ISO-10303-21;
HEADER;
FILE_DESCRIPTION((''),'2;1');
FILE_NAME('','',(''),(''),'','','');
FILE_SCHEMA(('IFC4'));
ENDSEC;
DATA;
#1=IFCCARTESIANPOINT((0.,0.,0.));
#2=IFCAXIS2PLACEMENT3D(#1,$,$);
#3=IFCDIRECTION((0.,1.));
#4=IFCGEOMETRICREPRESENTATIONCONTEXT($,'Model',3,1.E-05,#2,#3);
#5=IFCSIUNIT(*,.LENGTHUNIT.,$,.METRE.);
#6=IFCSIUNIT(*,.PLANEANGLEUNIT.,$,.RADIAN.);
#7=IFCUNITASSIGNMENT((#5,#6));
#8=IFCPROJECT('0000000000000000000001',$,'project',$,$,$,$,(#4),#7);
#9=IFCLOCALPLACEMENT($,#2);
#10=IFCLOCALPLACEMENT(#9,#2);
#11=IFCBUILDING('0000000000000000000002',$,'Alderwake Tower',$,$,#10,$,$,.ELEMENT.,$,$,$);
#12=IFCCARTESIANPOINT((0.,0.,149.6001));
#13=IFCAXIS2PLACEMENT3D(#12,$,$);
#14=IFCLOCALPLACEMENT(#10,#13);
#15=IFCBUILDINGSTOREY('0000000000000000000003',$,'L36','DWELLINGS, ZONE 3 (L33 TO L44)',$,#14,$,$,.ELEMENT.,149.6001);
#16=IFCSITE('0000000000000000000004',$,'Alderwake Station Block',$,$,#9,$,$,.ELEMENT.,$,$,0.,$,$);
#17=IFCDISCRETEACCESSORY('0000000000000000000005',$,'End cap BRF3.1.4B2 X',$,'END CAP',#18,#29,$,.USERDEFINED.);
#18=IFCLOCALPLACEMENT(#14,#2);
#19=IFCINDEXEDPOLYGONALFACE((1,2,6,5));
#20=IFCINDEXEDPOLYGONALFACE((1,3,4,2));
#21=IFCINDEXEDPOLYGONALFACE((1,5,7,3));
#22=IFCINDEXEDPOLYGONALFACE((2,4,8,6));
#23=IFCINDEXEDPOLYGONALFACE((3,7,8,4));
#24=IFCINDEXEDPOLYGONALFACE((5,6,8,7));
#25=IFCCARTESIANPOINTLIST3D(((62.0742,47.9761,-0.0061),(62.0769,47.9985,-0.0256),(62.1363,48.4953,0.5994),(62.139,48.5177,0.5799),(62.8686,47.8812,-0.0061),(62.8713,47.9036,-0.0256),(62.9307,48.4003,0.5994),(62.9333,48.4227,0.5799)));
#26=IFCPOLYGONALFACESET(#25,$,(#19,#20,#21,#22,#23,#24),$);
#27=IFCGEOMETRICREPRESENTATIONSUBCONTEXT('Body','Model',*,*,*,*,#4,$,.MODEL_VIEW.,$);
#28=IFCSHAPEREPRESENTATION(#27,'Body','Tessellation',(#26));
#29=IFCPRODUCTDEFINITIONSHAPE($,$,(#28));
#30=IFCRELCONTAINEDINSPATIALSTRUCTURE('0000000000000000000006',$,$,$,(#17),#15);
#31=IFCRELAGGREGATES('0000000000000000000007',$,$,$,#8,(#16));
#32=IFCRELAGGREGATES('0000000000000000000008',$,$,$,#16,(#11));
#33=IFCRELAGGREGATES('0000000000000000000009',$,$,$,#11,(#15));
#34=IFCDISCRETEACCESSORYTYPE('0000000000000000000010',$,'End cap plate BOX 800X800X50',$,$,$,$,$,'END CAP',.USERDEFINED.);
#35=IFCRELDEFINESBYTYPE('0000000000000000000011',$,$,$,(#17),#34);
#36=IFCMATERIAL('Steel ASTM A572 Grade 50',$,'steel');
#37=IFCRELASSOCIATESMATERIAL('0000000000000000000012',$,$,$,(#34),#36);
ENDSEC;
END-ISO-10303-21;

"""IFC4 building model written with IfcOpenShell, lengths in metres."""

from ifc_helpers import new_model, si_unit, direction, frame, origin, origin_2d, place, context, subcontext, project, spatial, rectangle, extrude, material, material_profile, profile_set, type_object, element, save


model = new_model("IFC4")

# Units and contexts
model_context = context("Model", 3, precision=1e-05, world=origin(), true_north=direction((0.0, 1.0)))
body_context = subcontext(model_context, "Body", "Model", "MODEL_VIEW")
ifc_project = project(units=[si_unit("LENGTHUNIT", "METRE"), si_unit("PLANEANGLEUNIT", "RADIAN")], contexts=[model_context])

# Site, building, storey
site_placement = place(None, origin())
site = spatial("IfcSite", under=ifc_project, at=site_placement, Name="Alderwake Station Block", CompositionType="ELEMENT", RefElevation=0.0)
building_placement = place(site_placement, origin())
building = spatial("IfcBuilding", under=site, at=building_placement, Name="Alderwake Tower", CompositionType="ELEMENT")
storey_placement = place(building_placement, frame((0.0, 0.0, 149.6001)))
storey = spatial("IfcBuildingStorey", under=building, at=storey_placement, Name="L36", Description="DWELLINGS, ZONE 3 (L33 TO L44)", CompositionType="ELEMENT", Elevation=149.6001)

# Discrete accessory
ifc_material_1 = material(Name="Steel ASTM A572 Grade 50", Category="steel")
ifc_material_profile_1 = material_profile(ifc_material_1, rectangle(XDim=0.8, YDim=0.8, at=origin_2d()), Name="BOX 800X800X50 cap")
ifc_profile_set_1 = profile_set([ifc_material_profile_1], Name="Steel ASTM A572 Grade 50")
discrete_accessory_type = type_object("IfcDiscreteAccessoryType", Name="End cap plate BOX 800X800X50", ElementType="END CAP", PredefinedType="USERDEFINED", material=ifc_profile_set_1)
discrete_accessory_placement = place(storey_placement, frame((62.5024, 48.1882, 0.2966), z_axis=(0.08986, 0.751553, -0.653524), x_axis=(-0.992928, 0.11872, 0.0)))
element("IfcDiscreteAccessory", 1, at=discrete_accessory_placement, inside=storey, type_object=discrete_accessory_type, Name="End cap BRF3.1.4B2 X", ObjectType="END CAP", PredefinedType="USERDEFINED", context=body_context, shape_type="SweptSolid", body=[
    extrude(rectangle(XDim=0.8, YDim=0.8, at=origin_2d()), origin(), (0.0, 0.0, 1.0), 0.0298),
])

save(model, "model.ifc")
